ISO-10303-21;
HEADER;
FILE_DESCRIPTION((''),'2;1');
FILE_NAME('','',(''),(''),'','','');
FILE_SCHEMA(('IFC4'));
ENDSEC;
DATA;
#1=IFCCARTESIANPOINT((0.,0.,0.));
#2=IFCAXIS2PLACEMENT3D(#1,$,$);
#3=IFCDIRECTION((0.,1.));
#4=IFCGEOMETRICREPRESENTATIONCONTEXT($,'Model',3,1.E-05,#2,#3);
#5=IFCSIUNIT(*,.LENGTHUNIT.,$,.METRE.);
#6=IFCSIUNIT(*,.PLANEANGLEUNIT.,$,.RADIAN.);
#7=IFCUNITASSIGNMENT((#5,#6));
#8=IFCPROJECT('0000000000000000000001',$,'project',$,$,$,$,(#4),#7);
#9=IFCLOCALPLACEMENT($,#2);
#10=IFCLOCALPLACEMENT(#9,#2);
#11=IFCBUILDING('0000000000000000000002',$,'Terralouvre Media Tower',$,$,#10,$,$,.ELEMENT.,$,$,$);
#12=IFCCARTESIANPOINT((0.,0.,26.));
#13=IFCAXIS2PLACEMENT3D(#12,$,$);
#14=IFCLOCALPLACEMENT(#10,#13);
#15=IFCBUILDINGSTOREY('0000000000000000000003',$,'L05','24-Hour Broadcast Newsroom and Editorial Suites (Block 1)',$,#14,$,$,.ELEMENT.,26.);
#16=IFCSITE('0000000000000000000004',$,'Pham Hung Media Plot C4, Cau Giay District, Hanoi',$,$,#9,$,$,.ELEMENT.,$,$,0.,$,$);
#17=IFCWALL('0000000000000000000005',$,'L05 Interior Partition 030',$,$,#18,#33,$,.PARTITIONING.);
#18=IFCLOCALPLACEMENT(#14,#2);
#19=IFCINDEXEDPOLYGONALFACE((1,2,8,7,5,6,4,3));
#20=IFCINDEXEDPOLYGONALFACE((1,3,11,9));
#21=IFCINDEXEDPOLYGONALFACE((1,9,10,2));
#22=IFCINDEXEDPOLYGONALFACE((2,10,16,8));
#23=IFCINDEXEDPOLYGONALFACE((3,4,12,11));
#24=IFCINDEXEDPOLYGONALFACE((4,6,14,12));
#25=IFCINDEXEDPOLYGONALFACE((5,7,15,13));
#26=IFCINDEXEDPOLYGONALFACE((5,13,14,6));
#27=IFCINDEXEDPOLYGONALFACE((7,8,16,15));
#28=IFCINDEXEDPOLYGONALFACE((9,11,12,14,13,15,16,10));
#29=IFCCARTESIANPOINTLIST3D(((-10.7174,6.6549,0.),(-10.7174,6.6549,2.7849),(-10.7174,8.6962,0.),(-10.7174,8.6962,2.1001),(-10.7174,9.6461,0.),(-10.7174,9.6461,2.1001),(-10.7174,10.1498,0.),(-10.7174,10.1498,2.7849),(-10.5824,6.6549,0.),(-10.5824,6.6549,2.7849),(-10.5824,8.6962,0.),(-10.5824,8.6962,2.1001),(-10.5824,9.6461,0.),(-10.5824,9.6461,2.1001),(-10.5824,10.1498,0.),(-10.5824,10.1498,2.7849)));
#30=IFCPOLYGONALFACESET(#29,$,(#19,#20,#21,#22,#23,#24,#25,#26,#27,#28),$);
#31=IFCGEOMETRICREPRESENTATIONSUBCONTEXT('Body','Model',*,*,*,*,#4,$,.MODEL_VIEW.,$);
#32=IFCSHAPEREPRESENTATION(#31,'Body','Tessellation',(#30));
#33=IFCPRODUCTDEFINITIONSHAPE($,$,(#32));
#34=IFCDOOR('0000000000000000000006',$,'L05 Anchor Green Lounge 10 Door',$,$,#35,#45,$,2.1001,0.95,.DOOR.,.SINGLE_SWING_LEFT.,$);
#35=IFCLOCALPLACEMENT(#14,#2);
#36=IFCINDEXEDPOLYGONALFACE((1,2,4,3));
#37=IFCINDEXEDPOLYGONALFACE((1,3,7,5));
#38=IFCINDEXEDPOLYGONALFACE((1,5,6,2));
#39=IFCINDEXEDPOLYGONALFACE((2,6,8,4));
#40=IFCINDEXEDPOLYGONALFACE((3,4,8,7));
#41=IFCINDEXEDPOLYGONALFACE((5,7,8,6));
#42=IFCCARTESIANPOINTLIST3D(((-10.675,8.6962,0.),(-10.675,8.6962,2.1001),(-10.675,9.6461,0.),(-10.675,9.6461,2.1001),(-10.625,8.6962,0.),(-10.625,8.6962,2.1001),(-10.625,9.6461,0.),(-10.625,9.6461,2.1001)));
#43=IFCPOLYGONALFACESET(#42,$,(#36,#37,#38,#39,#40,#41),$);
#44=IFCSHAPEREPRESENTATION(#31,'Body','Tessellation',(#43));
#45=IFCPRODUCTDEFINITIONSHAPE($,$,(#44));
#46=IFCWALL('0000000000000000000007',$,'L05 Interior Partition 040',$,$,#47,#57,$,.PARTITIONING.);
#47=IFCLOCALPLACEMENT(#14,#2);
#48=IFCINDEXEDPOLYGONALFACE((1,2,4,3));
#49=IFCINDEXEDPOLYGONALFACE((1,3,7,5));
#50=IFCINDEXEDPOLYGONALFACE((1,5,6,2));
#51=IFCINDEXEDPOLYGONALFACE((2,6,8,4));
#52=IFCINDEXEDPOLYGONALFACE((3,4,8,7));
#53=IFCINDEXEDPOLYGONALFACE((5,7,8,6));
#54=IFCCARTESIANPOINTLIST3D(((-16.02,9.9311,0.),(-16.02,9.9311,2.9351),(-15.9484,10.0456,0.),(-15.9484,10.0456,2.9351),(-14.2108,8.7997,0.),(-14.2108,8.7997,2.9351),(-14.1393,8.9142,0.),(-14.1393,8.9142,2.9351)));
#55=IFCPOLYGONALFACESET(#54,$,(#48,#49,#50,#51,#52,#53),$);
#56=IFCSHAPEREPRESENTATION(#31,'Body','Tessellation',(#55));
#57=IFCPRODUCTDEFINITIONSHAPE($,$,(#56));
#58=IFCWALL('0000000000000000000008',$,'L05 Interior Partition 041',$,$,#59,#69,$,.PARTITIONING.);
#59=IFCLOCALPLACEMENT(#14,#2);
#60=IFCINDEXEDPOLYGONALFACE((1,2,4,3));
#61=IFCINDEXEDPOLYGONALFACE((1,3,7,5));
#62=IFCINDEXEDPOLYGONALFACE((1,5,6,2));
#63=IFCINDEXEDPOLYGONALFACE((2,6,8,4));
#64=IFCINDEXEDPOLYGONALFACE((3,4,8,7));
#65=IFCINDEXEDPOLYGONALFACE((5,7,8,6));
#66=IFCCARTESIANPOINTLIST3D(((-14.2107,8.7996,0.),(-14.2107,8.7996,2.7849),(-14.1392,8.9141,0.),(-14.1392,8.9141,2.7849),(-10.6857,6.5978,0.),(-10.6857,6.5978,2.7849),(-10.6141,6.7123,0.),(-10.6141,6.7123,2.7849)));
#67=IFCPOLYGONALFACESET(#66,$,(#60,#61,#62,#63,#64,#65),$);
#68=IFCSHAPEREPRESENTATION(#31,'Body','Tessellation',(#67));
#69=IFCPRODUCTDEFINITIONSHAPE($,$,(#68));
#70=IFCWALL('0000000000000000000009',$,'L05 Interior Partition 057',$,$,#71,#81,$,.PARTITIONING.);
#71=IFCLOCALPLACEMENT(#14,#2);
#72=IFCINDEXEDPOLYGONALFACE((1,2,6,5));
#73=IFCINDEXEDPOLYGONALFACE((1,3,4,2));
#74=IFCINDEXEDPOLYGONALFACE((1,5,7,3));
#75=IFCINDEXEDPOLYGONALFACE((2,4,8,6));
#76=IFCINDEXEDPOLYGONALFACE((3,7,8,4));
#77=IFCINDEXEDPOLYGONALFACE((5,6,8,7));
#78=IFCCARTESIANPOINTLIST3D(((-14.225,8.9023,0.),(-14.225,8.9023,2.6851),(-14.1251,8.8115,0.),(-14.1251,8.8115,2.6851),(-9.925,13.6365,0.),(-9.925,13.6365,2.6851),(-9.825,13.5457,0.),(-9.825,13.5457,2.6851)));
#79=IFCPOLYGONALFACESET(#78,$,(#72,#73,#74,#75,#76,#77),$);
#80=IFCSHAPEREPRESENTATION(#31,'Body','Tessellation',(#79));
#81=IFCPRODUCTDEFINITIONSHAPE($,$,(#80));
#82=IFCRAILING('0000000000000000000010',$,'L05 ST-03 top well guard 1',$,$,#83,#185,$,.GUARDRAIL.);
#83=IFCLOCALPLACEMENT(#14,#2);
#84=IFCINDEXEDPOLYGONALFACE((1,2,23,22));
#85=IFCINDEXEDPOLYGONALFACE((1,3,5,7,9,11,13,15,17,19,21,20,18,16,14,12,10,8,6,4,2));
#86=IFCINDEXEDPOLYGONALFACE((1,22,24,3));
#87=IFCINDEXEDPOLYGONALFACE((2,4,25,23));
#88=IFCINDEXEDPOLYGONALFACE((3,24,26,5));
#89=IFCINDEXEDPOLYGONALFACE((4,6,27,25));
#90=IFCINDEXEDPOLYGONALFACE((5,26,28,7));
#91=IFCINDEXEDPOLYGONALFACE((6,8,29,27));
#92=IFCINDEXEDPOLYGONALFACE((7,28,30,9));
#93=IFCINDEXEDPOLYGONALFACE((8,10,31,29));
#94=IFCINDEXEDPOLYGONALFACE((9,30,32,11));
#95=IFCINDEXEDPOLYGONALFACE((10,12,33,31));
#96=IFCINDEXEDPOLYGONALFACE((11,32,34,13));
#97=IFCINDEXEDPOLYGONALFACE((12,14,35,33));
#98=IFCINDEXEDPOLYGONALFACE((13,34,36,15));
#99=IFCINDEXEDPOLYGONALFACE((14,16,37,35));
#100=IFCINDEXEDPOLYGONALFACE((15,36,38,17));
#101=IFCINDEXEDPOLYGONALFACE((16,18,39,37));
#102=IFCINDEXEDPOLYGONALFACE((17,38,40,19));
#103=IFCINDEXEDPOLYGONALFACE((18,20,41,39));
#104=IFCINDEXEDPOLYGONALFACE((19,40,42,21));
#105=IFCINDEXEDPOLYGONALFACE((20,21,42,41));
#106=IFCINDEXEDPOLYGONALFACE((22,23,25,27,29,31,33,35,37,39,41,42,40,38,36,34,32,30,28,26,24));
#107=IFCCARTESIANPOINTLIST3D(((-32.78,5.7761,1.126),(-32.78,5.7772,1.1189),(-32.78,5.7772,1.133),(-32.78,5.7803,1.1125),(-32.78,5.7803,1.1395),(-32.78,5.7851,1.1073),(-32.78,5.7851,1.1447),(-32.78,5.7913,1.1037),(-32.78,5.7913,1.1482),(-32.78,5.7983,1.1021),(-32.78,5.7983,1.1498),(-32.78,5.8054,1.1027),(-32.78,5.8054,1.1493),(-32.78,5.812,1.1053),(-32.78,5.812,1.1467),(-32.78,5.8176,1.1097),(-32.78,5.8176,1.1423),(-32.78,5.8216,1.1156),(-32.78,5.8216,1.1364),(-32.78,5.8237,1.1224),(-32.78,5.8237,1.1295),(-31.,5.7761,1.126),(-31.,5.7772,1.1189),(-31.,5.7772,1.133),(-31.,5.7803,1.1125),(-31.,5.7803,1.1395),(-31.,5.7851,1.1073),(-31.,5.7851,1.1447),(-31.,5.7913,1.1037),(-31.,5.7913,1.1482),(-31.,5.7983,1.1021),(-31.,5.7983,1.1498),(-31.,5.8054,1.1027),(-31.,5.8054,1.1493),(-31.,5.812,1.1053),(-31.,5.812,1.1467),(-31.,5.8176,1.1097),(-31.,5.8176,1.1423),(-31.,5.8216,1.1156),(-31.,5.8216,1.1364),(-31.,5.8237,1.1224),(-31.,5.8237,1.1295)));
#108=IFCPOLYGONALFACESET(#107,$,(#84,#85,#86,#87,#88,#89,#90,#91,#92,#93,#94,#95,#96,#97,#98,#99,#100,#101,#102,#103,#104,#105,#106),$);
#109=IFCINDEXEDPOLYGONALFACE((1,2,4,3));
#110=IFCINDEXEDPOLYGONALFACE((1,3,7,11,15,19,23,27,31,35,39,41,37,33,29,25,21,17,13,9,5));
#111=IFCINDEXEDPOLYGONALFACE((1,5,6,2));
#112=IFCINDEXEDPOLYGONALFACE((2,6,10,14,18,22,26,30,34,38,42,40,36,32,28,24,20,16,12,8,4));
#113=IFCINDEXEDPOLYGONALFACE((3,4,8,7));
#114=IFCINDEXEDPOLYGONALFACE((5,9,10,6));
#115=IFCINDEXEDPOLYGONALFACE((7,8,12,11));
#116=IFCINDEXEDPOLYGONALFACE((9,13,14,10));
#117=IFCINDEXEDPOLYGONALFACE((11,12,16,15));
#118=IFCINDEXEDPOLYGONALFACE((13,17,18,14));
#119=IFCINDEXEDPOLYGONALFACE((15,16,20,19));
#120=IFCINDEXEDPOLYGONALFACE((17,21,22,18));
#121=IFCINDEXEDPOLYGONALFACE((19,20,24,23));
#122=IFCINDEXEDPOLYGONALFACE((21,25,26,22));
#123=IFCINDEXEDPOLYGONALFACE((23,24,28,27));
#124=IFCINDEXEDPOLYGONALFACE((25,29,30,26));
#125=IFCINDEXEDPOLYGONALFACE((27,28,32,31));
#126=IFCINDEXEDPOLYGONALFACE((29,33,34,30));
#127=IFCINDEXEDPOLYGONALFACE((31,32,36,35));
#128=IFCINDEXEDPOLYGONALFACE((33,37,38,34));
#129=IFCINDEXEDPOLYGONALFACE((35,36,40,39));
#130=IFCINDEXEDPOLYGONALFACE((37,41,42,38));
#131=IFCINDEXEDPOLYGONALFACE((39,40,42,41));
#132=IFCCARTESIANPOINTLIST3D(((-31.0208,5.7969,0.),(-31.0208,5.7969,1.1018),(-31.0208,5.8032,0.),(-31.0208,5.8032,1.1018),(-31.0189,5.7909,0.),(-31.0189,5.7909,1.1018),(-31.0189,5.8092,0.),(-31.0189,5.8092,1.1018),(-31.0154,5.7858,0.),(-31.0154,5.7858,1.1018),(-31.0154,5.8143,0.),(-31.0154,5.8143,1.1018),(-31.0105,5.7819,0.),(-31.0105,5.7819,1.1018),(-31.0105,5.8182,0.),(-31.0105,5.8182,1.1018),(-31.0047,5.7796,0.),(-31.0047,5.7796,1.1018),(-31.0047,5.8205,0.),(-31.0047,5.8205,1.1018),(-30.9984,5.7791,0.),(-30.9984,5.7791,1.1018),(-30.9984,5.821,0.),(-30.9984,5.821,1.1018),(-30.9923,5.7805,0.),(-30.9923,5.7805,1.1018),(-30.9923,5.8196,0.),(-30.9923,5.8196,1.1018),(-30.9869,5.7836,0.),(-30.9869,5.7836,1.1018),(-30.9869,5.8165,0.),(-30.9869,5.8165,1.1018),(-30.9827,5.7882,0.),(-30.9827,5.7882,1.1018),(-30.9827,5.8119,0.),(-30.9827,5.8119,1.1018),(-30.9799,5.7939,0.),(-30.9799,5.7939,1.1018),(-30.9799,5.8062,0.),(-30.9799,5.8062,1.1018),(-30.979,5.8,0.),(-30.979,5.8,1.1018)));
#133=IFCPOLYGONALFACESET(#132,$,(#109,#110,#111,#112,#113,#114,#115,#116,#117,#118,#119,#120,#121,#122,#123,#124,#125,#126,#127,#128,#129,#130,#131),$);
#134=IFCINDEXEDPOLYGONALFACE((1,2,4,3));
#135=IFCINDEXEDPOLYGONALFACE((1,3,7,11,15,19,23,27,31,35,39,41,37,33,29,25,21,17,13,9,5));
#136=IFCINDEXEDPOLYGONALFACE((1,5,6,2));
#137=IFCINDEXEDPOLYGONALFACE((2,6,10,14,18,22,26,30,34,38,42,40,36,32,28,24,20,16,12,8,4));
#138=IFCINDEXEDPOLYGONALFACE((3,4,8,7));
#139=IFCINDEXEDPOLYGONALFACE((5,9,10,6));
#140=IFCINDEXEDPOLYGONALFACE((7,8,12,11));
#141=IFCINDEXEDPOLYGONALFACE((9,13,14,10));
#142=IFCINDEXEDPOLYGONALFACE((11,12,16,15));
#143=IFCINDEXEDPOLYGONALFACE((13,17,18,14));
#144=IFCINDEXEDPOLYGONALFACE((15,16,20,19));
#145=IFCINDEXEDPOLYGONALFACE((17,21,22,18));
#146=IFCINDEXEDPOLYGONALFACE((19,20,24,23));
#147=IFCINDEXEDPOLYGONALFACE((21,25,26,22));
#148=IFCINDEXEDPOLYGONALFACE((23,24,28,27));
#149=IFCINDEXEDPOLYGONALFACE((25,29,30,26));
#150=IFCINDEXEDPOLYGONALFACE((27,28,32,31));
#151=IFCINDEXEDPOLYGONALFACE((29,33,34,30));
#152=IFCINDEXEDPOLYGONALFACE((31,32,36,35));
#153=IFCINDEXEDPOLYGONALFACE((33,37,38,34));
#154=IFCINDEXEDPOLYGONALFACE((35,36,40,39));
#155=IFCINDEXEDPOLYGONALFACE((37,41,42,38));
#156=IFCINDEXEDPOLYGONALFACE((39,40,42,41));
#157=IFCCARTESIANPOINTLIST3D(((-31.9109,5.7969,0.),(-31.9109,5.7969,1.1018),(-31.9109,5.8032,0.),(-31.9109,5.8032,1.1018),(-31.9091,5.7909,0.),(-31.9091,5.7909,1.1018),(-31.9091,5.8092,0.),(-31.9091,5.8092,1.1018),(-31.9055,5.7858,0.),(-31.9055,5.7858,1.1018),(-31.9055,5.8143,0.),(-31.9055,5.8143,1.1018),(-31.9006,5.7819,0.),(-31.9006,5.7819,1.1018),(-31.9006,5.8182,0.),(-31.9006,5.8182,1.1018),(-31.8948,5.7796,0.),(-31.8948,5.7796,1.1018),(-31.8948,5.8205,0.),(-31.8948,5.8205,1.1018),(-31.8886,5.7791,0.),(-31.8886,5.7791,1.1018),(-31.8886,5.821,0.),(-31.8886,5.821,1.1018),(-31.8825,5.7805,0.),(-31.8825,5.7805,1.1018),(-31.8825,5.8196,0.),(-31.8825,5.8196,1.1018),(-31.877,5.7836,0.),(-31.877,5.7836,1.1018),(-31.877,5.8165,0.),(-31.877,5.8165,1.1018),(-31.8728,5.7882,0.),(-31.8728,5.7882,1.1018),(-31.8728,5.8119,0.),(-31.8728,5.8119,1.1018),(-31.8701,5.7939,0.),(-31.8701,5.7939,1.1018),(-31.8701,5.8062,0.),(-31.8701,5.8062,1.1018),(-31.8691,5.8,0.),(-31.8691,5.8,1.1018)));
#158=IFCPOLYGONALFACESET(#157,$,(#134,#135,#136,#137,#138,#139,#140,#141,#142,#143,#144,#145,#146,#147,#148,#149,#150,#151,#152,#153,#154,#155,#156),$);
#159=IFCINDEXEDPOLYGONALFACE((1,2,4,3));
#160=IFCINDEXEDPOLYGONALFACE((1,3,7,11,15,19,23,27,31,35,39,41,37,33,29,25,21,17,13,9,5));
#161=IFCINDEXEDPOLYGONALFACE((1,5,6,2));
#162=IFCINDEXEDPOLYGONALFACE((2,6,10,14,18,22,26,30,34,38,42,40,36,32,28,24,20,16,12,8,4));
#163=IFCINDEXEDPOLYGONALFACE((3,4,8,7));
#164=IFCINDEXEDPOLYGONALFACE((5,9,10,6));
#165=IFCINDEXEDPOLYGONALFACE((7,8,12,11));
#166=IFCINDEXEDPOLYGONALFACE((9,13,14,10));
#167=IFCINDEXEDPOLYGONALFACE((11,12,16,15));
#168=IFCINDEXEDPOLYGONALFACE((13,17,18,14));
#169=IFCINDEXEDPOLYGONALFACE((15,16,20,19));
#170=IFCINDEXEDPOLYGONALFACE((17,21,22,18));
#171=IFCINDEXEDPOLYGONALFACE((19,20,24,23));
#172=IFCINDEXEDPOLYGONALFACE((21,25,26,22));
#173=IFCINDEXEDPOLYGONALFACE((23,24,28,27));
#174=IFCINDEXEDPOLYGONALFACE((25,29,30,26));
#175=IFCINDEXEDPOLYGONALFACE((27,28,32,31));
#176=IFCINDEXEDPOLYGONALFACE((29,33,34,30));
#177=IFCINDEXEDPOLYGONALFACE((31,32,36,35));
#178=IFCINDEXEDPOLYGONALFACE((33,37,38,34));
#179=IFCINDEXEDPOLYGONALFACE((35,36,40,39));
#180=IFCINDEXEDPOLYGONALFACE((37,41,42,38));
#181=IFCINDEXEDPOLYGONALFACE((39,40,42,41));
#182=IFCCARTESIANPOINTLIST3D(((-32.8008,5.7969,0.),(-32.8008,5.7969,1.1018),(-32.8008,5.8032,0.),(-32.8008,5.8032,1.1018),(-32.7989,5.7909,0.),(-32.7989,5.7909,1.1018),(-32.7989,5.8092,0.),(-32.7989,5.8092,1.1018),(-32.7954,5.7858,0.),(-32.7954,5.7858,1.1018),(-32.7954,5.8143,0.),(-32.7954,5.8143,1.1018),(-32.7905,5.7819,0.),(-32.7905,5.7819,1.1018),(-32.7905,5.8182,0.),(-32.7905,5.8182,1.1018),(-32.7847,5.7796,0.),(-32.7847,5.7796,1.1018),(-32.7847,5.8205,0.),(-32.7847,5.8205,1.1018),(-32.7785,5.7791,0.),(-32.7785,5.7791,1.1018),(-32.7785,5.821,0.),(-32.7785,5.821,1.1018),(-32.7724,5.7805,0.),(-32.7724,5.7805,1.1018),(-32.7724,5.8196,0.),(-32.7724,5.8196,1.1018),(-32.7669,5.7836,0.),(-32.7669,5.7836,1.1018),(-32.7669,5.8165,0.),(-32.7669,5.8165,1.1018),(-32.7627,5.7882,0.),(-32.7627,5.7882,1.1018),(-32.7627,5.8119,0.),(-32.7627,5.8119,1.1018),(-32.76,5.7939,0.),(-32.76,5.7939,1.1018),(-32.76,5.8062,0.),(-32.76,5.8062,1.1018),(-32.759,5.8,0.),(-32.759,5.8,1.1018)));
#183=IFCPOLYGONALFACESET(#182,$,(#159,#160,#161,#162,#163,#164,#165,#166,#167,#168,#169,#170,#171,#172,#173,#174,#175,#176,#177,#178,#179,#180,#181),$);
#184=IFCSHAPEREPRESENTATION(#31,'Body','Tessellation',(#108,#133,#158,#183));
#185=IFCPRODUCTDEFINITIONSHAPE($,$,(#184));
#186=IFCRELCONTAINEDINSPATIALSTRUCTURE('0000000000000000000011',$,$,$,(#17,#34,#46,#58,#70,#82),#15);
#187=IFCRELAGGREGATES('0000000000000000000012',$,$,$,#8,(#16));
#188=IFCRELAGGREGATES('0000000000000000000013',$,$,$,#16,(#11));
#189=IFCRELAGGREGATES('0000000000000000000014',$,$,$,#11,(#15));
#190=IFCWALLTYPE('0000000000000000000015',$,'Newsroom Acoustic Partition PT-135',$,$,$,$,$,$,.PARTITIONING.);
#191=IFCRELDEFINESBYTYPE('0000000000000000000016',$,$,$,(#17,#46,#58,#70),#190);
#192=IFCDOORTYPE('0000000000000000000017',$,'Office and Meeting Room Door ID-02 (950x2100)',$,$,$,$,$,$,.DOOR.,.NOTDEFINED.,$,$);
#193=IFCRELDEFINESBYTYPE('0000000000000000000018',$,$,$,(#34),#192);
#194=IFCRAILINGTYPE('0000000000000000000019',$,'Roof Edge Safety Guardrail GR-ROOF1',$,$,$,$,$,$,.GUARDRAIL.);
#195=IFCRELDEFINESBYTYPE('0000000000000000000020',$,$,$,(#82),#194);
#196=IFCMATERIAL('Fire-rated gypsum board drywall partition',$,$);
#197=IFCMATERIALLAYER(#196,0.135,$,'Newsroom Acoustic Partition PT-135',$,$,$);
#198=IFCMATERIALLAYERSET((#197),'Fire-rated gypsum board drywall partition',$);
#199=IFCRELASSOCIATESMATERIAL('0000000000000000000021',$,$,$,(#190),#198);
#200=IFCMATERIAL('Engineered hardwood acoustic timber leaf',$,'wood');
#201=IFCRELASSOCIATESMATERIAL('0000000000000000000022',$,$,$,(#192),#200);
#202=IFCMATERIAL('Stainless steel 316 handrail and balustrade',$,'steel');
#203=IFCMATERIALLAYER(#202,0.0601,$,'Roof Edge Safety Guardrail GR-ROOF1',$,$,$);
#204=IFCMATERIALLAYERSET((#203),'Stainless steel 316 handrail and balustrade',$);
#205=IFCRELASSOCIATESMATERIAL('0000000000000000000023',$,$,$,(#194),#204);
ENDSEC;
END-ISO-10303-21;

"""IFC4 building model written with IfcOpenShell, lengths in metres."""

from ifc_helpers import new_model, si_unit, direction, frame, frame_2d, origin, origin_2d, place, context, subcontext, project, spatial, rectangle, circle, extrude, material, layer, layer_set, type_object, element, fill, save


model = new_model("IFC4")

# Units and contexts
model_context = context("Model", 3, precision=1e-05, world=origin(), true_north=direction((0.0, 1.0)))
body_context = subcontext(model_context, "Body", "Model", "MODEL_VIEW")
ifc_project = project(units=[si_unit("LENGTHUNIT", "METRE"), si_unit("PLANEANGLEUNIT", "RADIAN")], contexts=[model_context])

# Site, building, storey
site_placement = place(None, origin())
site = spatial("IfcSite", under=ifc_project, at=site_placement, Name="Pham Hung Media Plot C4, Cau Giay District, Hanoi", CompositionType="ELEMENT", RefElevation=0.0)
building_placement = place(site_placement, origin())
building = spatial("IfcBuilding", under=site, at=building_placement, Name="Terralouvre Media Tower", CompositionType="ELEMENT")
storey_placement = place(building_placement, frame((0.0, 0.0, 26.0)))
storey = spatial("IfcBuildingStorey", under=building, at=storey_placement, Name="L05", Description="24-Hour Broadcast Newsroom and Editorial Suites (Block 1)", CompositionType="ELEMENT", Elevation=26.0)

# Shared definitions
ifc_material_1 = material(Name="Fire-rated gypsum board drywall partition")
ifc_layer_1 = layer(ifc_material_1, 0.135, Name="Newsroom Acoustic Partition PT-135")
ifc_layer_set_1 = layer_set([ifc_layer_1], Name="Fire-rated gypsum board drywall partition")
wall_type_1 = type_object("IfcWallType", Name="Newsroom Acoustic Partition PT-135", PredefinedType="PARTITIONING", material=ifc_layer_set_1)

# Wall, opening, door
wall_1_placement = place(storey_placement, frame((-10.6499, 10.1499, 0.0), z_axis=(0.0, 0.0, 1.0), x_axis=(0.0, -1.0, 0.0)))
wall_1 = element("IfcWall", 1, at=wall_1_placement, inside=storey, type_object=wall_type_1, Name="L05 Interior Partition 030", PredefinedType="PARTITIONING", context=body_context, shape_type="SweptSolid", body=[
    extrude(rectangle(XDim=3.4949, YDim=0.135, at=frame_2d((1.7476, 0.0))), origin(), (0.0, 0.0, 1.0), 2.7849),
])
opening_1_placement = place(wall_1_placement, frame((0.5037, 0.0, 0.0)))
opening_1 = element("IfcOpeningElement", 2, at=opening_1_placement, cuts=wall_1, PredefinedType="OPENING", context=body_context, shape_type="SweptSolid", body=[
    extrude(rectangle(XDim=0.95, YDim=2.1001, at=frame_2d((0.4751, 1.05))), frame((0.0, 0.0774, 0.0), z_axis=(0.0, -1.0, 0.0), x_axis=(1.0, 0.0, 0.0)), (0.0, 0.0, 1.0), 0.155),
])
ifc_material_2 = material(Name="Engineered hardwood acoustic timber leaf", Category="wood")
door_type_1 = type_object("IfcDoorType", Name="Office and Meeting Room Door ID-02 (950x2100)", OperationType="NOTDEFINED", PredefinedType="DOOR", material=ifc_material_2)
door_1_placement = place(opening_1_placement, origin())
door_1 = element("IfcDoor", 3, at=door_1_placement, inside=storey, type_object=door_type_1, Name="L05 Anchor Green Lounge 10 Door", OperationType="SINGLE_SWING_LEFT", OverallHeight=2.1001, OverallWidth=0.95, PredefinedType="DOOR", context=body_context, shape_type="SweptSolid", body=[
    extrude(rectangle(XDim=0.95, YDim=2.1001, at=frame_2d((0.4751, 1.05))), frame((0.0, 0.0249, 0.0), z_axis=(0.0, -1.0, 0.0), x_axis=(1.0, 0.0, 0.0)), (0.0, 0.0, 1.0), 0.05),
])
fill(opening_1, door_1)

# Walls
wall_2_placement = place(storey_placement, frame((-14.175, 8.8569, 0.0), z_axis=(0.0, 0.0, 1.0), x_axis=(-0.847857, 0.530225, 0.0)))
element("IfcWall", 4, at=wall_2_placement, inside=storey, type_object=wall_type_1, Name="L05 Interior Partition 040", PredefinedType="PARTITIONING", context=body_context, shape_type="SweptSolid", body=[
    extrude(rectangle(XDim=2.1338, YDim=0.135, at=frame_2d((1.0669, 0.0))), origin(), (0.0, 0.0, 1.0), 2.9351),
])
wall_3_placement = place(storey_placement, frame((-10.6499, 6.655, 0.0), z_axis=(0.0, 0.0, 1.0), x_axis=(-0.84814, 0.529772, 0.0)))
element("IfcWall", 5, at=wall_3_placement, inside=storey, type_object=wall_type_1, Name="L05 Interior Partition 041", PredefinedType="PARTITIONING", context=body_context, shape_type="SweptSolid", body=[
    extrude(rectangle(XDim=4.1562, YDim=0.135, at=frame_2d((2.0781, 0.0))), origin(), (0.0, 0.0, 1.0), 2.7849),
])
wall_4_placement = place(storey_placement, frame((-14.175, 8.8569, 0.0), z_axis=(0.0, 0.0, 1.0), x_axis=(0.672355, 0.740228, 0.0)))
element("IfcWall", 6, at=wall_4_placement, inside=storey, type_object=wall_type_1, Name="L05 Interior Partition 057", PredefinedType="PARTITIONING", context=body_context, shape_type="SweptSolid", body=[
    extrude(rectangle(XDim=6.3955, YDim=0.135, at=frame_2d((3.1978, 0.0))), origin(), (0.0, 0.0, 1.0), 2.6851),
])

# Railing
ifc_material_3 = material(Name="Stainless steel 316 handrail and balustrade", Category="steel")
ifc_layer_2 = layer(ifc_material_3, 0.0601, Name="Roof Edge Safety Guardrail GR-ROOF1")
ifc_layer_set_2 = layer_set([ifc_layer_2], Name="Stainless steel 316 handrail and balustrade")
railing_type = type_object("IfcRailingType", Name="Roof Edge Safety Guardrail GR-ROOF1", PredefinedType="GUARDRAIL", material=ifc_layer_set_2)
railing_1_placement = place(storey_placement, frame((-31.0, 5.8, 0.0)))
element("IfcRailing", 7, at=railing_1_placement, inside=storey, type_object=railing_type, Name="L05 ST-03 top well guard 1", PredefinedType="GUARDRAIL", context=body_context, shape_type="SweptSolid", body=[
    extrude(circle(Radius=0.0239, at=origin_2d()), frame((0.0, 0.0, 1.126), z_axis=(-1.0, 0.0, 0.0), x_axis=(0.0, -1.0, 0.0)), (0.0, 0.0, 1.0), 1.78),
    extrude(circle(Radius=0.021, at=origin_2d()), origin(), (0.0, 0.0, 1.0), 1.1018),
    extrude(circle(Radius=0.021, at=origin_2d()), frame((-0.8901, 0.0, 0.0)), (0.0, 0.0, 1.0), 1.1018),
    extrude(circle(Radius=0.021, at=origin_2d()), frame((-1.78, 0.0, 0.0)), (0.0, 0.0, 1.0), 1.1018),
])

save(model, "model.ifc")
